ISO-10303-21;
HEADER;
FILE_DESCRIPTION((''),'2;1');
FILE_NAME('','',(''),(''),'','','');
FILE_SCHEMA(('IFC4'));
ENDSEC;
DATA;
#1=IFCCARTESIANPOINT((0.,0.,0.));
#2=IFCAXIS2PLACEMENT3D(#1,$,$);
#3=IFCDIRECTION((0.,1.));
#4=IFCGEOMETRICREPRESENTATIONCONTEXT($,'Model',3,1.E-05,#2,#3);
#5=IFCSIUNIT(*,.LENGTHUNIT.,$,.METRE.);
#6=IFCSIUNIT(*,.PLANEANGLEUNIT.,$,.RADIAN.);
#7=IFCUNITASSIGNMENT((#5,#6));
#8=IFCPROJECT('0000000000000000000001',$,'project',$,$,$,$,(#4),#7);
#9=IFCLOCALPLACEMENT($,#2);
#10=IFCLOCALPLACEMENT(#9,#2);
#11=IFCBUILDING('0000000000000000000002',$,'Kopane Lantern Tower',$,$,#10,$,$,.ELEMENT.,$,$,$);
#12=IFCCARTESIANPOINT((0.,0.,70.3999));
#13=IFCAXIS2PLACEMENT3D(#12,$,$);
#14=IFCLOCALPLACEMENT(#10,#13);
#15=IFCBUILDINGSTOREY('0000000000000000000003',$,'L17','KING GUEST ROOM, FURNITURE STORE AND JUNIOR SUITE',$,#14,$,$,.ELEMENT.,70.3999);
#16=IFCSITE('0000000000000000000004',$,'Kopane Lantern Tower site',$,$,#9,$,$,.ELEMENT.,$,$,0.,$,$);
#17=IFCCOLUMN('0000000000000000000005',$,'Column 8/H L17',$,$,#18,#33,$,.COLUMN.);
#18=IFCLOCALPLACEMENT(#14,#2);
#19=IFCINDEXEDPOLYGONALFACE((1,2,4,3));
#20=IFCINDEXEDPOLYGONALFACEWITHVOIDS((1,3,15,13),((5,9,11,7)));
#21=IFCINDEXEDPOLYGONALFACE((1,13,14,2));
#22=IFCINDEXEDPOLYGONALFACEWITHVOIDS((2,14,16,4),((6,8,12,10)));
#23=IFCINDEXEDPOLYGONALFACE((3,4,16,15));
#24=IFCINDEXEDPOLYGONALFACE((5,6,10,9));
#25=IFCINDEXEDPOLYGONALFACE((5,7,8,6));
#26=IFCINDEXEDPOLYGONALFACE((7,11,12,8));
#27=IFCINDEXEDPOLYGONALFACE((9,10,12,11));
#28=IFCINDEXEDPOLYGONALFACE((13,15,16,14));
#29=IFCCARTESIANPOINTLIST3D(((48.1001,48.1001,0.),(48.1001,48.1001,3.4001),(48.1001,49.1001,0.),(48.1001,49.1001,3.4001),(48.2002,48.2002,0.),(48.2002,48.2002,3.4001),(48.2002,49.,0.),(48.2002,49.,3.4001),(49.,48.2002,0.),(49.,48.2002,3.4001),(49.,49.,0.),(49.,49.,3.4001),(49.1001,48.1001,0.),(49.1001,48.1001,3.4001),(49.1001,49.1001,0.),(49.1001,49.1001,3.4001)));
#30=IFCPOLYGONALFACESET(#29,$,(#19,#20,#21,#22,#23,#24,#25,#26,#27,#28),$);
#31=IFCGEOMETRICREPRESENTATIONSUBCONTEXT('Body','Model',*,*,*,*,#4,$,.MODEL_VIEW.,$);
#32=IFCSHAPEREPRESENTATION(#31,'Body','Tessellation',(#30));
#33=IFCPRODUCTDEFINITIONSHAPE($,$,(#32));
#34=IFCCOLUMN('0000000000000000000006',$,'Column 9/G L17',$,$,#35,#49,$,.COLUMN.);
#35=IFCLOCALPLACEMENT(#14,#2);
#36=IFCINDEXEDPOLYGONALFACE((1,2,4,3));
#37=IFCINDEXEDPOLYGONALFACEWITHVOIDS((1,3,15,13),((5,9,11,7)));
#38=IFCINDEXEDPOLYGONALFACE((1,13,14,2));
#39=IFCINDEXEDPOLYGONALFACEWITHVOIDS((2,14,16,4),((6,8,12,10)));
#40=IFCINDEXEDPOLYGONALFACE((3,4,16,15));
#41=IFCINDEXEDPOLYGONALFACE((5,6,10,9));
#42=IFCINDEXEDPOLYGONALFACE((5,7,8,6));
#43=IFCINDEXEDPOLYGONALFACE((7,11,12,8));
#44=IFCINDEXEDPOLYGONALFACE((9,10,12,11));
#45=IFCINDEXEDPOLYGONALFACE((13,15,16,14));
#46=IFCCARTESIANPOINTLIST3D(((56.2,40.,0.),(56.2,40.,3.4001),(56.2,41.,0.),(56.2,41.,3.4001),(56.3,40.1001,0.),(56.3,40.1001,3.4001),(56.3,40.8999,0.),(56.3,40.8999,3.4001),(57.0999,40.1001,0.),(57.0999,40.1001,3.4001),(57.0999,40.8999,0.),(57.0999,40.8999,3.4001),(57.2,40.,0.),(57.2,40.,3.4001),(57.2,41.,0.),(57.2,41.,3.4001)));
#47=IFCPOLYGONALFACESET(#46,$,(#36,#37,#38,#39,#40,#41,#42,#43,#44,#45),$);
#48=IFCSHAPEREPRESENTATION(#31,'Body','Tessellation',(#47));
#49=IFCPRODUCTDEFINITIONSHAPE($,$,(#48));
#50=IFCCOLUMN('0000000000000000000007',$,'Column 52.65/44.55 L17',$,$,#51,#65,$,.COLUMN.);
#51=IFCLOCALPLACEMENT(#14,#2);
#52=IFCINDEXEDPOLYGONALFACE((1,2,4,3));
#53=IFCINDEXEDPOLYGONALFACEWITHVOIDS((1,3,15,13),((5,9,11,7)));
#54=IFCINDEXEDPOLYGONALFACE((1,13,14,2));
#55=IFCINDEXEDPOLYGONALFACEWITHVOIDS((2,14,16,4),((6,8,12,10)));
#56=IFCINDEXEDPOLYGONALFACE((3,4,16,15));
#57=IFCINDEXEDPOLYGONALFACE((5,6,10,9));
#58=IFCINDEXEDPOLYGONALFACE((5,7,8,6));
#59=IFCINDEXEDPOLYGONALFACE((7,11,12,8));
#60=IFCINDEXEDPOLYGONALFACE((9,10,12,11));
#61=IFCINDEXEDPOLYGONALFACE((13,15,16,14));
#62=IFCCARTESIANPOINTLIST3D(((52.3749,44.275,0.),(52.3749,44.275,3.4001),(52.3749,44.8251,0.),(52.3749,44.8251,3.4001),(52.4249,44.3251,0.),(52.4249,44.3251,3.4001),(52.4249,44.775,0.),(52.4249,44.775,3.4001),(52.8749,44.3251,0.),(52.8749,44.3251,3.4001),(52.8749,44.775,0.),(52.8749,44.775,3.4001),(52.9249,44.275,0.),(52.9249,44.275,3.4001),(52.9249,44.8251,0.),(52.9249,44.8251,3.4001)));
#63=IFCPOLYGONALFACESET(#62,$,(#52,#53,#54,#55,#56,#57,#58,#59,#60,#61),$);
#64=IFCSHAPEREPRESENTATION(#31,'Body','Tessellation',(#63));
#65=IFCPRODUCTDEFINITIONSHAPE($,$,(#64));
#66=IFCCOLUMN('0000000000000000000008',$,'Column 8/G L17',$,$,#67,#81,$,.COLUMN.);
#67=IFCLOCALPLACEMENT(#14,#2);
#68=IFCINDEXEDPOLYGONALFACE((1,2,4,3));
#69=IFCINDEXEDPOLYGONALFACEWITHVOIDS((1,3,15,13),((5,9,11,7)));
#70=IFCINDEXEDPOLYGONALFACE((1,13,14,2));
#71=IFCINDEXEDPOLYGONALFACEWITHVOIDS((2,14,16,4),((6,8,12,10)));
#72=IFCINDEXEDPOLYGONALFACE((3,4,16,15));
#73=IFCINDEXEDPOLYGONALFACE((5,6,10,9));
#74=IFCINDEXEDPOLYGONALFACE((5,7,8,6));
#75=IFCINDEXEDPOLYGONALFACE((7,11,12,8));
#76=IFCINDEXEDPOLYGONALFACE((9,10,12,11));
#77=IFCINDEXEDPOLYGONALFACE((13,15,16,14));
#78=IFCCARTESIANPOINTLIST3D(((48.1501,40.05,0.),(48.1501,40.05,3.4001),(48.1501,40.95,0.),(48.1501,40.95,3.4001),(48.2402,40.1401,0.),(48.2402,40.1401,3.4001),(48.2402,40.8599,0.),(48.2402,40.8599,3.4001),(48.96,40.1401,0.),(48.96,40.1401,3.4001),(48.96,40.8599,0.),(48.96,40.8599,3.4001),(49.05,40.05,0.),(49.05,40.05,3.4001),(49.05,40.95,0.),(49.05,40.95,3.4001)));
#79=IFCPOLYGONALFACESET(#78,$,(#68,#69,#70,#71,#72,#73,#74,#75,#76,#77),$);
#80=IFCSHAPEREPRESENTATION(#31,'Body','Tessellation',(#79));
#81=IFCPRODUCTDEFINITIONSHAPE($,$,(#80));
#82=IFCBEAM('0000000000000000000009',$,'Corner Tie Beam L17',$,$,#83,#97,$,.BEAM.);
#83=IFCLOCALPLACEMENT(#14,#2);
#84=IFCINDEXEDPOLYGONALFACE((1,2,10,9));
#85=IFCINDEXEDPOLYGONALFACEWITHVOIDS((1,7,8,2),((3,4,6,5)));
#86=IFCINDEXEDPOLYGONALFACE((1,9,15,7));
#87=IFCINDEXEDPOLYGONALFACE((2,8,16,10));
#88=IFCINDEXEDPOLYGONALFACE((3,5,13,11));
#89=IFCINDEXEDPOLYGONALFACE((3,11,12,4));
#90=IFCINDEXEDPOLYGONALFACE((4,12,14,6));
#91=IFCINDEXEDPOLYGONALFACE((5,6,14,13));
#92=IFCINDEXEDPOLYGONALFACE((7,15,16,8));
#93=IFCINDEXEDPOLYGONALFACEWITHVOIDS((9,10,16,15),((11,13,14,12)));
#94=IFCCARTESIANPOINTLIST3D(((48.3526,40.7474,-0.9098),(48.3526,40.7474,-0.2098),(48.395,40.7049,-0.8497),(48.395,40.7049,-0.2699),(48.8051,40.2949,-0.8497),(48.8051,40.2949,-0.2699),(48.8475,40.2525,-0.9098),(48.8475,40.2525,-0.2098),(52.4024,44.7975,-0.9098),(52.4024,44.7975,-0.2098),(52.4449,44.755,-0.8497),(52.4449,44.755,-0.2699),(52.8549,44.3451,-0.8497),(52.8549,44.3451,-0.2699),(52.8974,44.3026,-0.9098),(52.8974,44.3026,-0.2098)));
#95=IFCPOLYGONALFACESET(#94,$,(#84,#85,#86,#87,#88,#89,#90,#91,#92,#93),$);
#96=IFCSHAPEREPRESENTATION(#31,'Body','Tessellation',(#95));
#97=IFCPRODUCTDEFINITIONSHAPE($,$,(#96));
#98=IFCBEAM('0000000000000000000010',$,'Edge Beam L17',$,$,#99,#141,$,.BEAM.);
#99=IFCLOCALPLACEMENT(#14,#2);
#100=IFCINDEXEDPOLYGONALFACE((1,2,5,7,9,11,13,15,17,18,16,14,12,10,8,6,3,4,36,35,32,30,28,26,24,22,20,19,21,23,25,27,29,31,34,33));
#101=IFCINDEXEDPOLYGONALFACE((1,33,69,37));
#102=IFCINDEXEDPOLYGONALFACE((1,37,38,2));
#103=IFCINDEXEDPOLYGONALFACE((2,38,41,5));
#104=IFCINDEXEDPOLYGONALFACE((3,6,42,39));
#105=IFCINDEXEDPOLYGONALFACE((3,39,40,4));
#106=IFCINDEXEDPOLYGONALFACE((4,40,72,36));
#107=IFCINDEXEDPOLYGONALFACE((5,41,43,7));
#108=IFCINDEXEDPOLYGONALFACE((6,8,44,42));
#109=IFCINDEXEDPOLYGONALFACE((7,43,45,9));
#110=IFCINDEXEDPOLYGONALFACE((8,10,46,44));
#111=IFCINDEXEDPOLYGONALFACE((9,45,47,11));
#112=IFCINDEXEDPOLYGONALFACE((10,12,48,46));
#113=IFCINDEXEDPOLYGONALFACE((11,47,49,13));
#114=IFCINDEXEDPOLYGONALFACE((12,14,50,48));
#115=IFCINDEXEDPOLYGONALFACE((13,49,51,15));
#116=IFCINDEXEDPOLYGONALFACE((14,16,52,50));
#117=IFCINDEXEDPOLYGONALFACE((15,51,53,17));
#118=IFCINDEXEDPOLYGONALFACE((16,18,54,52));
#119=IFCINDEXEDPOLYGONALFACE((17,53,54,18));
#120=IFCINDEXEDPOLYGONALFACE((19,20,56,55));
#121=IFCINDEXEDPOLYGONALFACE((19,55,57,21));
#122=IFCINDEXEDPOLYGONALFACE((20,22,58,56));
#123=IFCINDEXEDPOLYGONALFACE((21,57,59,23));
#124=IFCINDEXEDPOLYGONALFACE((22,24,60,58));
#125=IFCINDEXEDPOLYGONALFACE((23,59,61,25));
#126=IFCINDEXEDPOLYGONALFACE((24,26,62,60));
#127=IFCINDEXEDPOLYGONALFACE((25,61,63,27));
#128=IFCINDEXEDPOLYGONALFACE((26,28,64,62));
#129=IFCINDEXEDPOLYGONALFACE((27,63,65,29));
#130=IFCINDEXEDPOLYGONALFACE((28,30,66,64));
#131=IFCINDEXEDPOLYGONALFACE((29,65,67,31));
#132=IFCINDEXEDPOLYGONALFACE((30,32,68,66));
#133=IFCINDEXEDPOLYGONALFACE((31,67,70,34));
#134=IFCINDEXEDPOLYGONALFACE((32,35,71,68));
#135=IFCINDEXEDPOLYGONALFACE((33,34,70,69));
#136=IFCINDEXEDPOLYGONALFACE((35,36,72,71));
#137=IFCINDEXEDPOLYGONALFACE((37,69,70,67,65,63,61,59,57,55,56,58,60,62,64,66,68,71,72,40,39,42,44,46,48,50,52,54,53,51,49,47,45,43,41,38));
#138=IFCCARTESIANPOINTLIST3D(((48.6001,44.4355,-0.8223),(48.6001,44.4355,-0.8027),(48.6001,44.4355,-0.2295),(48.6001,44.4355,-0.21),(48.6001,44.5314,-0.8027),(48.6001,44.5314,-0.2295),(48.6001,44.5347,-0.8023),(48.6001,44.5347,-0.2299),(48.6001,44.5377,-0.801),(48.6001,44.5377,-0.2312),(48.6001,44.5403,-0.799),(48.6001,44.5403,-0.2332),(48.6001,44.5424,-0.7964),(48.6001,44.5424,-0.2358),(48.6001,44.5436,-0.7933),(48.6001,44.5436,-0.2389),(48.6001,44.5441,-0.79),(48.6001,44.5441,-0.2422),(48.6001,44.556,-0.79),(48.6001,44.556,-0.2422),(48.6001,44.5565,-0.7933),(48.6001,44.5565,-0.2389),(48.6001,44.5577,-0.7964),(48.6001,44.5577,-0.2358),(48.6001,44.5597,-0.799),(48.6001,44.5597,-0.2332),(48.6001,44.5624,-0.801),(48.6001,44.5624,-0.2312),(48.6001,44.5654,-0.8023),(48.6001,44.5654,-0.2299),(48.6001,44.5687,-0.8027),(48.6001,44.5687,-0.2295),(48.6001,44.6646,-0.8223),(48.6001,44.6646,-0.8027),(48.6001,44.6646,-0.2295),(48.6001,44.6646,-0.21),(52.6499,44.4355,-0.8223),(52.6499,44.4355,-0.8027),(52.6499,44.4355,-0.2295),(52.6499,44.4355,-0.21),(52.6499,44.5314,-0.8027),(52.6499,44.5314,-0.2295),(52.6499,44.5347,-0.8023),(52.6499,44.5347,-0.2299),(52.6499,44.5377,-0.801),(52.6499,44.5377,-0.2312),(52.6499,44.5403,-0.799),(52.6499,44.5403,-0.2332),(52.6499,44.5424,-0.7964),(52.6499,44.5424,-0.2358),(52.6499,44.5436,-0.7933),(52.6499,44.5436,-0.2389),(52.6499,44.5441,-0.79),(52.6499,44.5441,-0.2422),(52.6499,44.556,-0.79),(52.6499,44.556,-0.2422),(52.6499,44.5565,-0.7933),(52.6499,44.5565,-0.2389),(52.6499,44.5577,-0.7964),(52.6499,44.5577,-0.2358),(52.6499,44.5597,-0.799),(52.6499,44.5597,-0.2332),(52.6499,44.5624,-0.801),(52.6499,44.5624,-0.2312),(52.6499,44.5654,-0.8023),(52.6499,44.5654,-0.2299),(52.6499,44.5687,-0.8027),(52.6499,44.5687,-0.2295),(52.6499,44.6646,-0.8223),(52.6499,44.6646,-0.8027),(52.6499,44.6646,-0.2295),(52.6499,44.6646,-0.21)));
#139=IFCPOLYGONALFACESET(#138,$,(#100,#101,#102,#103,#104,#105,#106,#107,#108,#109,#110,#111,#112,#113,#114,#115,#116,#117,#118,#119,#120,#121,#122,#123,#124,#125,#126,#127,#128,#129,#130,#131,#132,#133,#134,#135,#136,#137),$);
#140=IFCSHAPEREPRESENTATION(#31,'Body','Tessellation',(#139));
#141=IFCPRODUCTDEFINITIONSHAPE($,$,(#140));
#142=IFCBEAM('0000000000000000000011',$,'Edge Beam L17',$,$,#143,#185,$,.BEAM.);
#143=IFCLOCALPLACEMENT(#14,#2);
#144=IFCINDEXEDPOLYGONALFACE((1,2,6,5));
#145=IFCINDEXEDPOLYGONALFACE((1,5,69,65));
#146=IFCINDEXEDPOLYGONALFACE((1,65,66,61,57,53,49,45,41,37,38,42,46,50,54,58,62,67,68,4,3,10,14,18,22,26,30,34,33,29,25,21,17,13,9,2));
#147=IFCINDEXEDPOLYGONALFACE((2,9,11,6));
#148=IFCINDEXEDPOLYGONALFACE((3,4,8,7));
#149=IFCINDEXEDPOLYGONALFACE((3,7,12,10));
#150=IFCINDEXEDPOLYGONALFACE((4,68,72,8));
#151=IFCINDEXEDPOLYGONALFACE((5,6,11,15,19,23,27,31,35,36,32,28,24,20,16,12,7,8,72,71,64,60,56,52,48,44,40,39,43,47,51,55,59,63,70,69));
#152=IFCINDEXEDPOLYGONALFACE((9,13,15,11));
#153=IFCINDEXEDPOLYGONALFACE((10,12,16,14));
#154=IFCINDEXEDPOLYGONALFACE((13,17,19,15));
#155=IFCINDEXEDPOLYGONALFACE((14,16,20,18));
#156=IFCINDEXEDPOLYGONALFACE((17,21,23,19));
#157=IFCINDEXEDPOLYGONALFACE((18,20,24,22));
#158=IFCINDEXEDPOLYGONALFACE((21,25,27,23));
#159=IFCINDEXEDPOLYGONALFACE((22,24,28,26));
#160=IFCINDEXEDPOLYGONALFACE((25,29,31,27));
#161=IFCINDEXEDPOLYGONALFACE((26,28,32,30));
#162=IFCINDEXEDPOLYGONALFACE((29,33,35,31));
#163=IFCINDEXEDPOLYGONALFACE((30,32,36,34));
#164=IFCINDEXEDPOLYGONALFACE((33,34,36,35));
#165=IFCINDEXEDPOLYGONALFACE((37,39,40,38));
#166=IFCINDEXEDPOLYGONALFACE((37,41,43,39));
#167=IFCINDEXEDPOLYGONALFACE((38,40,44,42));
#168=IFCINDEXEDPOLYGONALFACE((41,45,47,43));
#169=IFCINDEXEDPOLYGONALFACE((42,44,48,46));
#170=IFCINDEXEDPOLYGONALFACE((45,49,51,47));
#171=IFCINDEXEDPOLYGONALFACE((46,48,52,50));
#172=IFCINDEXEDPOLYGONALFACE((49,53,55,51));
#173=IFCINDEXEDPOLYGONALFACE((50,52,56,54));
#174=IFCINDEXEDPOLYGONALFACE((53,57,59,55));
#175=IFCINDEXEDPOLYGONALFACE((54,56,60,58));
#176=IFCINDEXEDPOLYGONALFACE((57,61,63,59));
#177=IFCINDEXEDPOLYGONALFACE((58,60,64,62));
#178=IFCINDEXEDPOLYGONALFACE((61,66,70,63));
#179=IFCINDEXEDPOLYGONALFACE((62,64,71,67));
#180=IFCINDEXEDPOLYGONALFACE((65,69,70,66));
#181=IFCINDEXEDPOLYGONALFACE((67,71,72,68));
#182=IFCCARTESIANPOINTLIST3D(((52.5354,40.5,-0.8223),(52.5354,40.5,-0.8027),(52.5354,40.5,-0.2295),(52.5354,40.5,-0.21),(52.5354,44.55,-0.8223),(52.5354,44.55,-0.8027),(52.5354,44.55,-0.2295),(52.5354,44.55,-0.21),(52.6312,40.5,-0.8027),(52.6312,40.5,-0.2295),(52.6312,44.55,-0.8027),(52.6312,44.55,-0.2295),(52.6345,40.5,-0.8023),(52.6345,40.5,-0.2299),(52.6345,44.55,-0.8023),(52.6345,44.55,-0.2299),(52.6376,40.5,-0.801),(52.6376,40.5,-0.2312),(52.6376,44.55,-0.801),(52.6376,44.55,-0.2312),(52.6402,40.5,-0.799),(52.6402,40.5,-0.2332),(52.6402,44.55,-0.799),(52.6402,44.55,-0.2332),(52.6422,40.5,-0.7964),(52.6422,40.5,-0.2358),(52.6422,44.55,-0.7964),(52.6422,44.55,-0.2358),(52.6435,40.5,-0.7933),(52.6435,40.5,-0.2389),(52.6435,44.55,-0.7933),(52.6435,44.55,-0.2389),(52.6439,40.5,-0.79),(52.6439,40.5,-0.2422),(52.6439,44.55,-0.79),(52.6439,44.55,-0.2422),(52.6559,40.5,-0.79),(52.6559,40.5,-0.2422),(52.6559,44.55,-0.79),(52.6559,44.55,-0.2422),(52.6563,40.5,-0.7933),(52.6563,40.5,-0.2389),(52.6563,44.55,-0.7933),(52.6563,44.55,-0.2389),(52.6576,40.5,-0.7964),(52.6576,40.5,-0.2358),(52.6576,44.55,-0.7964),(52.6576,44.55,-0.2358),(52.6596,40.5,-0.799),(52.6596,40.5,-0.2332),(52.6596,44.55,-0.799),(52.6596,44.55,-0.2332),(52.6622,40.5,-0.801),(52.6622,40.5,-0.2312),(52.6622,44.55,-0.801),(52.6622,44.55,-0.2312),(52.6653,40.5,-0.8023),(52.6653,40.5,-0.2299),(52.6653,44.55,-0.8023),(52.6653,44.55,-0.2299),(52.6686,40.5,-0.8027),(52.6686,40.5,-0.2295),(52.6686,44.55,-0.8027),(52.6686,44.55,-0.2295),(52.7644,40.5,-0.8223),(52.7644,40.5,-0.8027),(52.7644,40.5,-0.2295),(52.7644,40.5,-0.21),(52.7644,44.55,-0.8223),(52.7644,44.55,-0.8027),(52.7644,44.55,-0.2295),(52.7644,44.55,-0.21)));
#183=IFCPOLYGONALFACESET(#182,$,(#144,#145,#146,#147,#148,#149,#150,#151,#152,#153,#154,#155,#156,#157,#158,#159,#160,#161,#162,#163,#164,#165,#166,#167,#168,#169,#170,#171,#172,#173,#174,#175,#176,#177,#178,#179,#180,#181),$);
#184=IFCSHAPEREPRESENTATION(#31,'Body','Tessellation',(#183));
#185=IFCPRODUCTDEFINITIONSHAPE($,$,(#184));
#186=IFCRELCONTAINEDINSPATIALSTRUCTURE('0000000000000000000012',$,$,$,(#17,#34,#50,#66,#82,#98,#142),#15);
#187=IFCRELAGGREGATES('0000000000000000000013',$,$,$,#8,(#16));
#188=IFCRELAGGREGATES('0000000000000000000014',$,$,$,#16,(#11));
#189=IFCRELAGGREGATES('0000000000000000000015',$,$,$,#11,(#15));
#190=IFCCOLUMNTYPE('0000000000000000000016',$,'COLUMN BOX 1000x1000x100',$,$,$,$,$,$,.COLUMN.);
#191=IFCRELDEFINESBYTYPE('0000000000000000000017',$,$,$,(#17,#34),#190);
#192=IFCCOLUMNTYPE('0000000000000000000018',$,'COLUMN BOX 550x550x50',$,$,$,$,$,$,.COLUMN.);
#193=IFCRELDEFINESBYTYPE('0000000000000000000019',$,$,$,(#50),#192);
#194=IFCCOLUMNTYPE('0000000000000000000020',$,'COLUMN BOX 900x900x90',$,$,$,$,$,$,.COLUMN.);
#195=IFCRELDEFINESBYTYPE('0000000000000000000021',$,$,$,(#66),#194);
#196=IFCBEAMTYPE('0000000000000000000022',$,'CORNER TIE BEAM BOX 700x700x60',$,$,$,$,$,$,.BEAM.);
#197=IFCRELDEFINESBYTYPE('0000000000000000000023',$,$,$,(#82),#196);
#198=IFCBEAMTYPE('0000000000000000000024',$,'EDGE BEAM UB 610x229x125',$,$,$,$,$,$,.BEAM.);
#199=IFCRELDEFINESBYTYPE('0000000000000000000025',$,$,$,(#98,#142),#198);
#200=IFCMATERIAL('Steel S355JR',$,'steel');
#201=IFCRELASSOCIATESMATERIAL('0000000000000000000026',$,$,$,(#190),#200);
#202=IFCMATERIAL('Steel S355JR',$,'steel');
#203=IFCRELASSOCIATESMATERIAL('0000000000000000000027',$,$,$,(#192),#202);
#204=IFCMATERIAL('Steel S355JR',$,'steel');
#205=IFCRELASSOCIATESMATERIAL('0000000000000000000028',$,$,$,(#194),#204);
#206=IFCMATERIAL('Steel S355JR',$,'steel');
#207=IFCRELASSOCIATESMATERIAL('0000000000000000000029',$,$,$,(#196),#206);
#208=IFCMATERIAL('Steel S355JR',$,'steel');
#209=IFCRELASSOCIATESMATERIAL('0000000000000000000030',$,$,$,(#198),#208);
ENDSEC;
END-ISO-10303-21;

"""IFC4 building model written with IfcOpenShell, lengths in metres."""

from ifc_helpers import new_model, si_unit, direction, frame, origin, origin_2d, place, context, subcontext, project, spatial, hollow_rectangle, i_section, extrude, material, material_profile, profile_set, type_object, element, save


model = new_model("IFC4")

# Units and contexts
model_context = context("Model", 3, precision=1e-05, world=origin(), true_north=direction((0.0, 1.0)))
body_context = subcontext(model_context, "Body", "Model", "MODEL_VIEW")
ifc_project = project(units=[si_unit("LENGTHUNIT", "METRE"), si_unit("PLANEANGLEUNIT", "RADIAN")], contexts=[model_context])

# Site, building, storey
site_placement = place(None, origin())
site = spatial("IfcSite", under=ifc_project, at=site_placement, Name="Kopane Lantern Tower site", CompositionType="ELEMENT", RefElevation=0.0)
building_placement = place(site_placement, origin())
building = spatial("IfcBuilding", under=site, at=building_placement, Name="Kopane Lantern Tower", CompositionType="ELEMENT")
storey_placement = place(building_placement, frame((0.0, 0.0, 70.3999)))
storey = spatial("IfcBuildingStorey", under=building, at=storey_placement, Name="L17", Description="KING GUEST ROOM, FURNITURE STORE AND JUNIOR SUITE", CompositionType="ELEMENT", Elevation=70.3999)

# Columns
ifc_material_1 = material(Name="Steel S355JR", Category="steel")
ifc_material_profile_1 = material_profile(ifc_material_1, hollow_rectangle(XDim=1.0, YDim=1.0, WallThickness=0.1001, at=origin_2d()), Name="BOX 1000x1000x100")
ifc_profile_set_1 = profile_set([ifc_material_profile_1], Name="Steel S355JR")
column_type_1 = type_object("IfcColumnType", Name="COLUMN BOX 1000x1000x100", PredefinedType="COLUMN", material=ifc_profile_set_1)
for number, where, z_axis, x_axis, name in (
    (1, (48.6001, 48.6001, 0.0), (0.0, 0.0, 1.0), (1.0, 0.0, 0.0), "Column 8/H L17"),
    (2, (56.7, 40.5, 0.0), (0.0, 0.0, 1.0), (1.0, 0.0, 0.0), "Column 9/G L17"),
):
    element("IfcColumn", number, at=place(storey_placement, frame(where, z_axis=z_axis, x_axis=x_axis)), inside=storey, type_object=column_type_1, Name=name, PredefinedType="COLUMN", context=body_context, shape_type="SweptSolid", body=[
        extrude(hollow_rectangle(XDim=1.0, YDim=1.0, WallThickness=0.1001, at=origin_2d()), origin(), (0.0, 0.0, 1.0), 3.4001),
    ])
ifc_material_2 = material(Name="Steel S355JR", Category="steel")
ifc_material_profile_2 = material_profile(ifc_material_2, hollow_rectangle(XDim=0.55, YDim=0.55, WallThickness=0.05, at=origin_2d()), Name="BOX 550x550x50")
ifc_profile_set_2 = profile_set([ifc_material_profile_2], Name="Steel S355JR")
column_type_2 = type_object("IfcColumnType", Name="COLUMN BOX 550x550x50", PredefinedType="COLUMN", material=ifc_profile_set_2)
column_1_placement = place(storey_placement, frame((52.6499, 44.55, 0.0), z_axis=(0.0, 0.0, 1.0), x_axis=(1.0, 0.0, 0.0)))
element("IfcColumn", 3, at=column_1_placement, inside=storey, type_object=column_type_2, Name="Column 52.65/44.55 L17", PredefinedType="COLUMN", context=body_context, shape_type="SweptSolid", body=[
    extrude(hollow_rectangle(XDim=0.55, YDim=0.55, WallThickness=0.05, at=origin_2d()), origin(), (0.0, 0.0, 1.0), 3.4001),
])
ifc_material_3 = material(Name="Steel S355JR", Category="steel")
ifc_material_profile_3 = material_profile(ifc_material_3, hollow_rectangle(XDim=0.8999, YDim=0.8999, WallThickness=0.0901, at=origin_2d()), Name="BOX 900x900x90")
ifc_profile_set_3 = profile_set([ifc_material_profile_3], Name="Steel S355JR")
column_type_3 = type_object("IfcColumnType", Name="COLUMN BOX 900x900x90", PredefinedType="COLUMN", material=ifc_profile_set_3)
column_2_placement = place(storey_placement, frame((48.6001, 40.5, 0.0), z_axis=(0.0, 0.0, 1.0), x_axis=(1.0, 0.0, 0.0)))
element("IfcColumn", 4, at=column_2_placement, inside=storey, type_object=column_type_3, Name="Column 8/G L17", PredefinedType="COLUMN", context=body_context, shape_type="SweptSolid", body=[
    extrude(hollow_rectangle(XDim=0.8999, YDim=0.8999, WallThickness=0.0901, at=origin_2d()), origin(), (0.0, 0.0, 1.0), 3.4001),
])

# Beams
ifc_material_4 = material(Name="Steel S355JR", Category="steel")
ifc_material_profile_4 = material_profile(ifc_material_4, hollow_rectangle(XDim=0.7, YDim=0.7, WallThickness=0.0601, at=origin_2d()), Name="BOX 700x700x60")
ifc_profile_set_4 = profile_set([ifc_material_profile_4], Name="Steel S355JR")
beam_type_1 = type_object("IfcBeamType", Name="CORNER TIE BEAM BOX 700x700x60", PredefinedType="BEAM", material=ifc_profile_set_4)
beam_1_placement = place(storey_placement, frame((52.6499, 44.55, -0.5598), z_axis=(-0.707085, -0.707128, 0.0), x_axis=(0.707128, -0.707085, 0.0)))
element("IfcBeam", 5, at=beam_1_placement, inside=storey, type_object=beam_type_1, Name="Corner Tie Beam L17", PredefinedType="BEAM", context=body_context, shape_type="SweptSolid", body=[
    extrude(hollow_rectangle(XDim=0.7, YDim=0.7, WallThickness=0.0601, at=origin_2d()), origin(), (0.0, 0.0, 1.0), 5.7275),
])
ifc_material_5 = material(Name="Steel S355JR", Category="steel")
ifc_material_profile_5 = material_profile(ifc_material_5, i_section(OverallWidth=0.229, OverallDepth=0.6123, WebThickness=0.012, FlangeThickness=0.0195, FilletRadius=0.0127, at=origin_2d()), Name="UB 610x229x125")
ifc_profile_set_5 = profile_set([ifc_material_profile_5], Name="Steel S355JR")
beam_type_2 = type_object("IfcBeamType", Name="EDGE BEAM UB 610x229x125", PredefinedType="BEAM", material=ifc_profile_set_5)
beam_2_placement = place(storey_placement, frame((52.6499, 44.55, -0.5161), z_axis=(-1.0, 0.0, 0.0), x_axis=(0.0, -1.0, 0.0)))
element("IfcBeam", 6, at=beam_2_placement, inside=storey, type_object=beam_type_2, Name="Edge Beam L17", PredefinedType="BEAM", context=body_context, shape_type="SweptSolid", body=[
    extrude(i_section(OverallWidth=0.229, OverallDepth=0.6123, WebThickness=0.012, FlangeThickness=0.0195, FilletRadius=0.0127, at=origin_2d()), origin(), (0.0, 0.0, 1.0), 4.0498),
])
beam_3_placement = place(storey_placement, frame((52.6499, 44.55, -0.5161), z_axis=(0.0, -1.0, 0.0), x_axis=(1.0, 0.0, 0.0)))
element("IfcBeam", 7, at=beam_3_placement, inside=storey, type_object=beam_type_2, Name="Edge Beam L17", PredefinedType="BEAM", context=body_context, shape_type="SweptSolid", body=[
    extrude(i_section(OverallWidth=0.229, OverallDepth=0.6123, WebThickness=0.012, FlangeThickness=0.0195, FilletRadius=0.0127, at=origin_2d()), origin(), (0.0, 0.0, 1.0), 4.05),
])

save(model, "model.ifc")
